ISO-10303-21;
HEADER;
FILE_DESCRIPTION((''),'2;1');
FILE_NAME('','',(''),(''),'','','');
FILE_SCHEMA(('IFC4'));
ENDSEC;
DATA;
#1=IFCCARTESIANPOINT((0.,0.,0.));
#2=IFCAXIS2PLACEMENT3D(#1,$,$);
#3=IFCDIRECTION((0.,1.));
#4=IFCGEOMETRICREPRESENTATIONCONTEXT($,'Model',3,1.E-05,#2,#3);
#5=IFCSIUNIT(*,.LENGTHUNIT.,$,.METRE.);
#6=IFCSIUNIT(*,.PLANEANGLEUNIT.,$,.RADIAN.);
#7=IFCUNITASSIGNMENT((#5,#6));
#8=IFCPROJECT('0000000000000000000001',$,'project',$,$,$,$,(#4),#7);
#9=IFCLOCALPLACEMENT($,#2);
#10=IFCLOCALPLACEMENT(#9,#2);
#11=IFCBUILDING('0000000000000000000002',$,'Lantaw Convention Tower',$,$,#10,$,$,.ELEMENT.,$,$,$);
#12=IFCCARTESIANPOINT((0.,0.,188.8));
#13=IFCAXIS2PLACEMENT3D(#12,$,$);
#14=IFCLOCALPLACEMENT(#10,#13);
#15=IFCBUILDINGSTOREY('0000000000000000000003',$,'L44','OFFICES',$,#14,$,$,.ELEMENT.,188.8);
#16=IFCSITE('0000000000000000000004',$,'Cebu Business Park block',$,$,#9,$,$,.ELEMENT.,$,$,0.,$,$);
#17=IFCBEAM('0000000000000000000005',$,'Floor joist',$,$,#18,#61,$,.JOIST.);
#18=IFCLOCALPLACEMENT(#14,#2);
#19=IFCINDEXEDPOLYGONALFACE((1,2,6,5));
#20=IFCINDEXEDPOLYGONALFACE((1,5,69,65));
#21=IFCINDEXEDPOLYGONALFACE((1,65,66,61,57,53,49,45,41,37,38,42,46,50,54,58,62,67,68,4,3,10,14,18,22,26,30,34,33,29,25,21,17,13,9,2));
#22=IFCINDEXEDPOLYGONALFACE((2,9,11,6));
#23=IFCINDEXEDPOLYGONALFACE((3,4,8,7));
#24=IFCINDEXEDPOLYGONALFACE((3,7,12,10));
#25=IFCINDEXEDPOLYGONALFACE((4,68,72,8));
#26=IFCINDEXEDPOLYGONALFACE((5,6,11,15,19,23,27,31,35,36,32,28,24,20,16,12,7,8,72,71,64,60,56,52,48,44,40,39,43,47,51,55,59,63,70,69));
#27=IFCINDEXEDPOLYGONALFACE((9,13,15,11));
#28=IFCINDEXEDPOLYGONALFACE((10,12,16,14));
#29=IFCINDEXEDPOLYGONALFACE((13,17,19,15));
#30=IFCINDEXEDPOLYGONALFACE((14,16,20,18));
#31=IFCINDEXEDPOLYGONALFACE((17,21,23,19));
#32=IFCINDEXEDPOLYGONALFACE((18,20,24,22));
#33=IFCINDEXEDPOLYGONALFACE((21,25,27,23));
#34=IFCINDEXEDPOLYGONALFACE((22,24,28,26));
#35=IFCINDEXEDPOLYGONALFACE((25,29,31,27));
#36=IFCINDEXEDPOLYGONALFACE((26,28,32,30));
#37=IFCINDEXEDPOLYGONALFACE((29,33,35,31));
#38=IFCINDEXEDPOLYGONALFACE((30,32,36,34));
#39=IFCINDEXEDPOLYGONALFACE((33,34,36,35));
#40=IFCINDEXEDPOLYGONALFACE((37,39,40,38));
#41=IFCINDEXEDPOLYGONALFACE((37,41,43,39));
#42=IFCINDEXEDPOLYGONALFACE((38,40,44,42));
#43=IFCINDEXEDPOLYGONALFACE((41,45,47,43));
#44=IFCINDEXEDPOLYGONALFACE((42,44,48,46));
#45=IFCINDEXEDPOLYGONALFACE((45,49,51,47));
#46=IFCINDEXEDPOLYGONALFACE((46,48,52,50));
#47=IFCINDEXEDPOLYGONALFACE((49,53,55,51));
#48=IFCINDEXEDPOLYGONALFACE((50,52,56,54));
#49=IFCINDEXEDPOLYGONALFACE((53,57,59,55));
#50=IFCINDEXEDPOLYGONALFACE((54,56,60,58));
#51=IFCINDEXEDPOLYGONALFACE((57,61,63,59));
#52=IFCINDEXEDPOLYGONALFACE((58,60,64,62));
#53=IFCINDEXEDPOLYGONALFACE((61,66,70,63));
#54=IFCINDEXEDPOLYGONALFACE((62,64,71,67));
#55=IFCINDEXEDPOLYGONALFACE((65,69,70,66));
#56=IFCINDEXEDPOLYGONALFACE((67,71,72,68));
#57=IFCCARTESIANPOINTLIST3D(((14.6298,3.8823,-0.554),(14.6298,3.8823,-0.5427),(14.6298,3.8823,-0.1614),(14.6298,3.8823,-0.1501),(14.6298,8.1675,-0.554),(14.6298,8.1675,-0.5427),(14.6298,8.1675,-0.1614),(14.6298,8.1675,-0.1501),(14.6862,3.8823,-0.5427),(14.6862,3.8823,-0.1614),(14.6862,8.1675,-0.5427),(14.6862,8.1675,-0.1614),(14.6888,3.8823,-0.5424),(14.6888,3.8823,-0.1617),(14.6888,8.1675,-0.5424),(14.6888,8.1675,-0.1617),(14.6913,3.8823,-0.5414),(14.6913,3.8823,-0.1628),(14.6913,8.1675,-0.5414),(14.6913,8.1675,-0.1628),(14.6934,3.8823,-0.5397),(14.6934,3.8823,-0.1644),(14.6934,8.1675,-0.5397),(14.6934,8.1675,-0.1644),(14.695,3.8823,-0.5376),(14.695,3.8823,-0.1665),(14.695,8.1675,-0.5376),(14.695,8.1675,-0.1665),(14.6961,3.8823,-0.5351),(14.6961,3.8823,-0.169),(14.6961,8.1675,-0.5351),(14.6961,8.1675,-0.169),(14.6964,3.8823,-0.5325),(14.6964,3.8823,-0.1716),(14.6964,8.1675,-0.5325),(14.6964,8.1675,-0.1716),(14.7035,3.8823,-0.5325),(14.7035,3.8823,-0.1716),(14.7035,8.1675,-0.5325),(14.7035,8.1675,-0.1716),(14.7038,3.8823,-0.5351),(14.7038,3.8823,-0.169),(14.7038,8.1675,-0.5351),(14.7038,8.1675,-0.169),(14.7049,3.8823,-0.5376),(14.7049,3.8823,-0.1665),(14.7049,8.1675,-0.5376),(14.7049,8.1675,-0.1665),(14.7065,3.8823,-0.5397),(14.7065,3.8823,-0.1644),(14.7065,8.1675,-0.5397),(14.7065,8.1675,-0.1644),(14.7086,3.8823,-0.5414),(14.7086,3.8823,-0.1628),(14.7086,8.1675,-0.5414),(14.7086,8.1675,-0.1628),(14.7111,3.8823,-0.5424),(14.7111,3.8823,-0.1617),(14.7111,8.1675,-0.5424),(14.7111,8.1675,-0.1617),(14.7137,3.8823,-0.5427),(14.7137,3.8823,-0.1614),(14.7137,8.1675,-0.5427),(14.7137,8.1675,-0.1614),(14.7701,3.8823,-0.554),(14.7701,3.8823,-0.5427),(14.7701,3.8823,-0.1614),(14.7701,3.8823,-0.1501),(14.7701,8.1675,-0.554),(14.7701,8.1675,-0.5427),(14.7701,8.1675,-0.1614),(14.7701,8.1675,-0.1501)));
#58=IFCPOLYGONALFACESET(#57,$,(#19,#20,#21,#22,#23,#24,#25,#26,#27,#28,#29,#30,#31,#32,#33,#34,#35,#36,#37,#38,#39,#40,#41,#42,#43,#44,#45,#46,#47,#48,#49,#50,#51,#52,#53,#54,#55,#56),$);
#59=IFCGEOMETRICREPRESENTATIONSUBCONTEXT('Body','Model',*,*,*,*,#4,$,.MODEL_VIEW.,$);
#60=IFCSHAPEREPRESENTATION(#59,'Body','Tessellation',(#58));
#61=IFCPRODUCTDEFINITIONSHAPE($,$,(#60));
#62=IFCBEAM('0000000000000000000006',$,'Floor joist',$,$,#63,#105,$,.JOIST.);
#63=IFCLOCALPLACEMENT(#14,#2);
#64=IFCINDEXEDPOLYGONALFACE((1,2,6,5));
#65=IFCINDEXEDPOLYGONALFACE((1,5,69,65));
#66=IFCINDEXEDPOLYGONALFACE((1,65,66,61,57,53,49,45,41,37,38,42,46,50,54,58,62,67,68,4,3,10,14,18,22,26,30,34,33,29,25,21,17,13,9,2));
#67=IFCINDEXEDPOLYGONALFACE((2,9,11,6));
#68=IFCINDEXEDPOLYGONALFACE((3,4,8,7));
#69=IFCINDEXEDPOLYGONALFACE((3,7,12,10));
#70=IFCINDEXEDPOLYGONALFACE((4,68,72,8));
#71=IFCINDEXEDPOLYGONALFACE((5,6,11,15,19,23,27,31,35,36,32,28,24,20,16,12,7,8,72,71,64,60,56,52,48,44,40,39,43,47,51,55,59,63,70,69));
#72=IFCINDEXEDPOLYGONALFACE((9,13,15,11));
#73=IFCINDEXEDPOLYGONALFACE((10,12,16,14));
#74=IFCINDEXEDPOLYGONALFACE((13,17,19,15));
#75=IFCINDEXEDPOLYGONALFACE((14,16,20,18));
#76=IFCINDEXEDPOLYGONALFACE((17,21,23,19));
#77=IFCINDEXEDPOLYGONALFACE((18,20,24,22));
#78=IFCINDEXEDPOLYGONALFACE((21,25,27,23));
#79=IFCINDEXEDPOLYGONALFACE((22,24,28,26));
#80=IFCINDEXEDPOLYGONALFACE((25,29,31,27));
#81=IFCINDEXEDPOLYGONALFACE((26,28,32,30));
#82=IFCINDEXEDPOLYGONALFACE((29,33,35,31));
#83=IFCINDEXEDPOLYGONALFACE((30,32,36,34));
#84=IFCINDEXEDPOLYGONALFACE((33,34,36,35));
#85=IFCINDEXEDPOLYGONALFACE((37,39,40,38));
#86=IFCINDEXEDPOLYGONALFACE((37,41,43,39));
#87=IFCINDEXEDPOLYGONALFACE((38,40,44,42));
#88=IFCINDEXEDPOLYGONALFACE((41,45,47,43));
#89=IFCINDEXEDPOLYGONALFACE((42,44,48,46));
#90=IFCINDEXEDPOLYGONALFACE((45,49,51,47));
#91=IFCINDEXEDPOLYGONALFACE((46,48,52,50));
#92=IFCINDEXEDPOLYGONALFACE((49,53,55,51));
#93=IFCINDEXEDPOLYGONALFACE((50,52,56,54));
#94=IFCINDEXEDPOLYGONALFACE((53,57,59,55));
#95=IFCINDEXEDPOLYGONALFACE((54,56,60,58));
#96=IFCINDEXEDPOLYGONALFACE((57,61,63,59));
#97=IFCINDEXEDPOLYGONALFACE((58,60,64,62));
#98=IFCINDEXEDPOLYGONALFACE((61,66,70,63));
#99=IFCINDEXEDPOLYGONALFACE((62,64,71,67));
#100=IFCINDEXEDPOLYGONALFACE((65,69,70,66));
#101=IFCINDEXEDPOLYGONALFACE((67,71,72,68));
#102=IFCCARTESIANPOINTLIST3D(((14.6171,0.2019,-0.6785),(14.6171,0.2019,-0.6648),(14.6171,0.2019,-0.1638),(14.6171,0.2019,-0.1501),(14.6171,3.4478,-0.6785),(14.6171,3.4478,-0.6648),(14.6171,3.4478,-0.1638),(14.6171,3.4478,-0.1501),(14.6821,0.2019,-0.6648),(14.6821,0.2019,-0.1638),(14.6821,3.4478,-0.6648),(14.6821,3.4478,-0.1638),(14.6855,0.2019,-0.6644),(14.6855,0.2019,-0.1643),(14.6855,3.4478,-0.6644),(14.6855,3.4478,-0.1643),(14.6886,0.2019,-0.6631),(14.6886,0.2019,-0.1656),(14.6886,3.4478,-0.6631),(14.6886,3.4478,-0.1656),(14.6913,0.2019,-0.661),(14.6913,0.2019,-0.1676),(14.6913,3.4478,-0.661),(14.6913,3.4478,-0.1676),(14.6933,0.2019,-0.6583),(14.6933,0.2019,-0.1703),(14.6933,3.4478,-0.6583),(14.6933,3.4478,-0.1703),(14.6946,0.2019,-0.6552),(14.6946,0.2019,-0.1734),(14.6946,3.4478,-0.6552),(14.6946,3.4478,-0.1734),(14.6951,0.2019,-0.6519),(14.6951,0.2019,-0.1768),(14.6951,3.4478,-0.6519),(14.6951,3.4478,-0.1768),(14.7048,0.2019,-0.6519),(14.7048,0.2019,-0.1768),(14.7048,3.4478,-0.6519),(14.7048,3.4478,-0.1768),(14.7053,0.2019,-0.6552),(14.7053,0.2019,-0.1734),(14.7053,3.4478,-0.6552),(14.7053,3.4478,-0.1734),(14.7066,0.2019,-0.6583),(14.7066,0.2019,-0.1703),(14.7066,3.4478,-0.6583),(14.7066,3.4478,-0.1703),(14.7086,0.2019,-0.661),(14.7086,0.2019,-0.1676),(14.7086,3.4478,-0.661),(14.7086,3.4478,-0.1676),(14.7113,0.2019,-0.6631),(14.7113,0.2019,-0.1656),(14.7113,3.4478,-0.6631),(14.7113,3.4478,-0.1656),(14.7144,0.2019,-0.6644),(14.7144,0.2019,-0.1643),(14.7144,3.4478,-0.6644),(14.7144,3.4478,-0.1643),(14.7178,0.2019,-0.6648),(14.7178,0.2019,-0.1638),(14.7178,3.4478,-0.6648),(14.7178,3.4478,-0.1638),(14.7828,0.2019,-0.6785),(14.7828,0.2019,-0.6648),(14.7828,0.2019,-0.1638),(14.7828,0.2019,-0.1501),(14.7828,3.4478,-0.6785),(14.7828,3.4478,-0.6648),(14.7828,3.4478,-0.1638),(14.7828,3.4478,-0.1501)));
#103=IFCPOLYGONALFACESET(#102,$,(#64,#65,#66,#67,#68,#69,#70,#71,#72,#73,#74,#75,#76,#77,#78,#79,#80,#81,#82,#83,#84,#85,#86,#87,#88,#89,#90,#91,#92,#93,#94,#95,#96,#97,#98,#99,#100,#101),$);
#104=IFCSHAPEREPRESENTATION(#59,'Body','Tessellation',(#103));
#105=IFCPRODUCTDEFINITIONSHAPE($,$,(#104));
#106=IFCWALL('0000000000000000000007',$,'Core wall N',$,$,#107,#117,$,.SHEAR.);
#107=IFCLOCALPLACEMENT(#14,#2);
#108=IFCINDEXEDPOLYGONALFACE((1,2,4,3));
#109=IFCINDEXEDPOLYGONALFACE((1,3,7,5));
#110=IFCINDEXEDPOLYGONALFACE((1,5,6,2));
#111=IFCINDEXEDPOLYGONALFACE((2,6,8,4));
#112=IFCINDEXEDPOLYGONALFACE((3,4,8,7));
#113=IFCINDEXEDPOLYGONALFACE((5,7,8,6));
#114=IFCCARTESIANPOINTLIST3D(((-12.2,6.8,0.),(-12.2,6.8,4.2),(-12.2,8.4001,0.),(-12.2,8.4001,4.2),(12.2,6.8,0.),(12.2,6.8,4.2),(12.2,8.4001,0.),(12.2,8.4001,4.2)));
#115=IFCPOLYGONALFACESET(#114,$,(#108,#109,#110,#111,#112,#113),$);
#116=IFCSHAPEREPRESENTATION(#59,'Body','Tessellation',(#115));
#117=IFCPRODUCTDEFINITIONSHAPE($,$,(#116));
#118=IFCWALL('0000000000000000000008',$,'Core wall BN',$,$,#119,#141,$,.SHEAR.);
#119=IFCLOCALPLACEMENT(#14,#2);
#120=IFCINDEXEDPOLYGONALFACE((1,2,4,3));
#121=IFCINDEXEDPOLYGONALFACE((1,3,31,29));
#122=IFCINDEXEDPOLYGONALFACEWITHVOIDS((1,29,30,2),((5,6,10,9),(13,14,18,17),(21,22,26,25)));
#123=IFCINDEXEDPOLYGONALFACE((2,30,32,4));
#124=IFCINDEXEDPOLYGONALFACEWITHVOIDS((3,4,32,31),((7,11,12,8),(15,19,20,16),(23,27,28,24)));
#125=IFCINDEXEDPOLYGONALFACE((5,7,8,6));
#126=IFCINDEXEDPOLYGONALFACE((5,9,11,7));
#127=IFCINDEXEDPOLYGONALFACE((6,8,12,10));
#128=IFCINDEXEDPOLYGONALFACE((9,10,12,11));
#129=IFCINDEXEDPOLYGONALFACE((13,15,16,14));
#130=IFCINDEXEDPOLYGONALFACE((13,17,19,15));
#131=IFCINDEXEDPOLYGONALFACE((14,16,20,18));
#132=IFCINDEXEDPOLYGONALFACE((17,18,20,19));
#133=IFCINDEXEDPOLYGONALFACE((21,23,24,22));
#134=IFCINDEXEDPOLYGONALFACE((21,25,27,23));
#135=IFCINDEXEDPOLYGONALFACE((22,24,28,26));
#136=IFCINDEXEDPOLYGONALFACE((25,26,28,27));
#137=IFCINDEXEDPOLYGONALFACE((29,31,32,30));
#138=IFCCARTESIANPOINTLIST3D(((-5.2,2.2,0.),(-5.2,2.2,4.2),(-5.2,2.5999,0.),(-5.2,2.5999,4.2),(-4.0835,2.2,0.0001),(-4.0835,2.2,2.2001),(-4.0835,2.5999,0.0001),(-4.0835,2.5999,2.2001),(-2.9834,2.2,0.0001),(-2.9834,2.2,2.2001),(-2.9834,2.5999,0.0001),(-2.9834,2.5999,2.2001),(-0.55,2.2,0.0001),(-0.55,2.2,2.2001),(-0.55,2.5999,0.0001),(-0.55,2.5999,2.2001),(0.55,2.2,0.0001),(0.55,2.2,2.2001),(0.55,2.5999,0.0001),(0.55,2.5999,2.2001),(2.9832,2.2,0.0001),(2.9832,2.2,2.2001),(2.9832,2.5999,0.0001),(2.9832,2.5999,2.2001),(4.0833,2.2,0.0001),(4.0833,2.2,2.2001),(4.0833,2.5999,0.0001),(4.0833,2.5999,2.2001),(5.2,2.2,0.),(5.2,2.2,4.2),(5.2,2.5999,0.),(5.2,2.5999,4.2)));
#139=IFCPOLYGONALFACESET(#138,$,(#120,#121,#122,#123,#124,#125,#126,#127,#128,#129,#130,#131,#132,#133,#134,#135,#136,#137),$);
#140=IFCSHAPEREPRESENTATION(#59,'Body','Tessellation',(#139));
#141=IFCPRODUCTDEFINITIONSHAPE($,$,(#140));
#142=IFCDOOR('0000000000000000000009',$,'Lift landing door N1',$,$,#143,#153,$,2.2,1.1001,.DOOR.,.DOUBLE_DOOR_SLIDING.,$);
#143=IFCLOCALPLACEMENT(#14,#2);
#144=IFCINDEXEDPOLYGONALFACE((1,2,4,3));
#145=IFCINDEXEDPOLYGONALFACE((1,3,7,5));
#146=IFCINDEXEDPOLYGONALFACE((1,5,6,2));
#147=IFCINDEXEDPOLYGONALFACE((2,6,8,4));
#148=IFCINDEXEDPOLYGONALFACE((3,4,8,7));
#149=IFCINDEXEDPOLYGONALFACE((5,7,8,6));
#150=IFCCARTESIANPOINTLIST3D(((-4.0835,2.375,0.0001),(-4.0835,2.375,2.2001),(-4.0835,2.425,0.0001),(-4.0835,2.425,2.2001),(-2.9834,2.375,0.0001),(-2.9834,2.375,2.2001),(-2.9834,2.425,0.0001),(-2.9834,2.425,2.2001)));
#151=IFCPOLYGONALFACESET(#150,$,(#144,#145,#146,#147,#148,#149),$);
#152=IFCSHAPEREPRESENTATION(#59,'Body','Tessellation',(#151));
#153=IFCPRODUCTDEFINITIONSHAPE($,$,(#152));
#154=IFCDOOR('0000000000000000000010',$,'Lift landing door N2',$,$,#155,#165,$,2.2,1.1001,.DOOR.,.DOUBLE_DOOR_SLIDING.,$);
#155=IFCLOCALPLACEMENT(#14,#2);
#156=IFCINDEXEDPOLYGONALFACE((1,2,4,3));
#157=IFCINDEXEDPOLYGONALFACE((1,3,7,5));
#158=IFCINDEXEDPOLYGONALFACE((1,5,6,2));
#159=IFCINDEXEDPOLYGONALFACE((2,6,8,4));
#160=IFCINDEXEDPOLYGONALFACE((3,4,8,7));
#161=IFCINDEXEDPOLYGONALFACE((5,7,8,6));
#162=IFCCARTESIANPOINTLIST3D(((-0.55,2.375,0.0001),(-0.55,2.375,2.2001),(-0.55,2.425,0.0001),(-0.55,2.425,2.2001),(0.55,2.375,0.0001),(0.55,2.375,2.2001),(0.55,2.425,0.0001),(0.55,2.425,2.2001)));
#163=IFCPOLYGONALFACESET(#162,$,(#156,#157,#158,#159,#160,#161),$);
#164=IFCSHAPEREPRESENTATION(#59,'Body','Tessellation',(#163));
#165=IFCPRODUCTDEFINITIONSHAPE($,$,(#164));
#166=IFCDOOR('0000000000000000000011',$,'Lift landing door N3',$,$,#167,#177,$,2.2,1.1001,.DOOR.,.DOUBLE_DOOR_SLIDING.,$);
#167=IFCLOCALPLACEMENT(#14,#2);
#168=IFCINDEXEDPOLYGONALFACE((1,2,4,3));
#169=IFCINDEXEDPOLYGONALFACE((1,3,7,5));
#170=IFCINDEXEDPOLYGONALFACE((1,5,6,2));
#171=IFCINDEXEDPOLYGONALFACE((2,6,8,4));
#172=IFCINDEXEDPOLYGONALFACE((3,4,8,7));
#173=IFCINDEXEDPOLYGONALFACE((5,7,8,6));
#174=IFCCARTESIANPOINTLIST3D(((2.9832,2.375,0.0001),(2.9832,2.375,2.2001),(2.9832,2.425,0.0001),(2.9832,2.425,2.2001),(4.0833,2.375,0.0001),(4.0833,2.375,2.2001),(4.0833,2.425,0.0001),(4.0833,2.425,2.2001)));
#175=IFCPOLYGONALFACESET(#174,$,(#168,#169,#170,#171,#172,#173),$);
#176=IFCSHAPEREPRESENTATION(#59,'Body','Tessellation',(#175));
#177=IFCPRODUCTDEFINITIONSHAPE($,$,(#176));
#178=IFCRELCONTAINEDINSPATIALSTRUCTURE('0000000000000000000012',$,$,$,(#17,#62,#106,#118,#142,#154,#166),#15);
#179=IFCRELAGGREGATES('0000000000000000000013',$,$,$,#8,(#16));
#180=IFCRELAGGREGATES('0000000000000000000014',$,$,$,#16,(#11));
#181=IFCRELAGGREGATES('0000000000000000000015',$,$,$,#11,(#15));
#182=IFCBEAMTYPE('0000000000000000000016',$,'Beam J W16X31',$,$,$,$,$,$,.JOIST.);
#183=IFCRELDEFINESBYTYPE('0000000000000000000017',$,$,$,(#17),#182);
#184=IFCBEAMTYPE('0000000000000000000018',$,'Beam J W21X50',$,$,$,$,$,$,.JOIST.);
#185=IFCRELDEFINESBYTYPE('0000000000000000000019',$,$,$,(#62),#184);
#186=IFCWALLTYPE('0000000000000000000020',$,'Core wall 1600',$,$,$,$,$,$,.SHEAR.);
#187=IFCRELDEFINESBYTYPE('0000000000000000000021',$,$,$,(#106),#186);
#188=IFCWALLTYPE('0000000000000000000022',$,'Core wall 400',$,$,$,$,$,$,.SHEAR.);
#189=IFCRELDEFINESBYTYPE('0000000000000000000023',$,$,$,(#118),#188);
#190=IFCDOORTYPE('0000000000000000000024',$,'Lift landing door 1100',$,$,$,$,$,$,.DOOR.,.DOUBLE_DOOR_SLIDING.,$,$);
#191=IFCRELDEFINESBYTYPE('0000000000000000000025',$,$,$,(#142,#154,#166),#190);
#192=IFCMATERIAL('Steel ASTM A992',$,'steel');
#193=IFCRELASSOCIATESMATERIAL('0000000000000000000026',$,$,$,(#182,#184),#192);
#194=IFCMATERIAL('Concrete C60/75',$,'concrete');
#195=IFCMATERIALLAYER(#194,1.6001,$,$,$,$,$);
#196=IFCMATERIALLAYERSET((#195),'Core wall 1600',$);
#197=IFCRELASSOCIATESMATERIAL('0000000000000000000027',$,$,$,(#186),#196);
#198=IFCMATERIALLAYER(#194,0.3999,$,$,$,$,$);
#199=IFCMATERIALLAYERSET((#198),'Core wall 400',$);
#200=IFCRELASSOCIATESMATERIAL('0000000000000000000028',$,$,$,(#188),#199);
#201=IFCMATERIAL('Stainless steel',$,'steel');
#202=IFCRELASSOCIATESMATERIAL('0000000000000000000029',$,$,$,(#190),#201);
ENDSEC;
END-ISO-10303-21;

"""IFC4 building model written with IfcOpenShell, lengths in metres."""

from ifc_helpers import new_model, si_unit, direction, frame, frame_2d, origin, origin_2d, place, context, subcontext, project, spatial, rectangle, i_section, extrude, material, layer, layer_set, material_profile, profile_set, type_object, element, fill, save


model = new_model("IFC4")

# Units and contexts
model_context = context("Model", 3, precision=1e-05, world=origin(), true_north=direction((0.0, 1.0)))
body_context = subcontext(model_context, "Body", "Model", "MODEL_VIEW")
ifc_project = project(units=[si_unit("LENGTHUNIT", "METRE"), si_unit("PLANEANGLEUNIT", "RADIAN")], contexts=[model_context])

# Site, building, storey
site_placement = place(None, origin())
site = spatial("IfcSite", under=ifc_project, at=site_placement, Name="Cebu Business Park block", CompositionType="ELEMENT", RefElevation=0.0)
building_placement = place(site_placement, origin())
building = spatial("IfcBuilding", under=site, at=building_placement, Name="Lantaw Convention Tower", CompositionType="ELEMENT")
storey_placement = place(building_placement, frame((0.0, 0.0, 188.8)))
storey = spatial("IfcBuildingStorey", under=building, at=storey_placement, Name="L44", Description="OFFICES", CompositionType="ELEMENT", Elevation=188.8)

# Beams
ifc_material_1 = material(Name="Steel ASTM A992", Category="steel")
ifc_material_profile_1 = material_profile(ifc_material_1, i_section(OverallWidth=0.1404, OverallDepth=0.4038, WebThickness=0.0071, FlangeThickness=0.0112, FilletRadius=0.0103, at=origin_2d()), Name="W16X31")
ifc_profile_set_1 = profile_set([ifc_material_profile_1], Name="Steel ASTM A992")
beam_type_1 = type_object("IfcBeamType", Name="Beam J W16X31", PredefinedType="JOIST", material=ifc_profile_set_1)
beam_1_placement = place(storey_placement, frame((14.7, 3.8823, -0.3521), z_axis=(0.0, 1.0, 0.0), x_axis=(-1.0, 0.0, 0.0)))
element("IfcBeam", 1, at=beam_1_placement, inside=storey, type_object=beam_type_1, Name="Floor joist", PredefinedType="JOIST", context=body_context, shape_type="SweptSolid", body=[
    extrude(i_section(OverallWidth=0.1404, OverallDepth=0.4038, WebThickness=0.0071, FlangeThickness=0.0112, FilletRadius=0.0103, at=origin_2d()), origin(), (0.0, 0.0, 1.0), 4.2852),
])
ifc_material_profile_2 = material_profile(ifc_material_1, i_section(OverallWidth=0.1658, OverallDepth=0.5283, WebThickness=0.0098, FlangeThickness=0.0137, FilletRadius=0.0129, at=origin_2d()), Name="W21X50")
ifc_profile_set_2 = profile_set([ifc_material_profile_2], Name="Steel ASTM A992")
beam_type_2 = type_object("IfcBeamType", Name="Beam J W21X50", PredefinedType="JOIST", material=ifc_profile_set_2)
beam_2_placement = place(storey_placement, frame((14.7, 0.2019, -0.4143), z_axis=(0.0, 1.0, 0.0), x_axis=(-1.0, 0.0, 0.0)))
element("IfcBeam", 2, at=beam_2_placement, inside=storey, type_object=beam_type_2, Name="Floor joist", PredefinedType="JOIST", context=body_context, shape_type="SweptSolid", body=[
    extrude(i_section(OverallWidth=0.1658, OverallDepth=0.5283, WebThickness=0.0098, FlangeThickness=0.0137, FilletRadius=0.0129, at=origin_2d()), origin(), (0.0, 0.0, 1.0), 3.2458),
])

# Wall
ifc_material_2 = material(Name="Concrete C60/75", Category="concrete")
ifc_layer_1 = layer(ifc_material_2, 1.6001)
ifc_layer_set_1 = layer_set([ifc_layer_1], Name="Core wall 1600")
wall_type_1 = type_object("IfcWallType", Name="Core wall 1600", PredefinedType="SHEAR", material=ifc_layer_set_1)
wall_1_placement = place(storey_placement, frame((12.2, 7.6001, 0.0), z_axis=(0.0, 0.0, 1.0), x_axis=(-1.0, 0.0, 0.0)))
element("IfcWall", 3, at=wall_1_placement, inside=storey, type_object=wall_type_1, Name="Core wall N", PredefinedType="SHEAR", context=body_context, shape_type="SweptSolid", body=[
    extrude(rectangle(XDim=24.3999, YDim=1.6001, at=frame_2d((12.2, 0.0))), origin(), (0.0, 0.0, 1.0), 4.2),
])

# Wall, openings, doors
ifc_layer_2 = layer(ifc_material_2, 0.3999)
ifc_layer_set_2 = layer_set([ifc_layer_2], Name="Core wall 400")
wall_type_2 = type_object("IfcWallType", Name="Core wall 400", PredefinedType="SHEAR", material=ifc_layer_set_2)
wall_2_placement = place(storey_placement, frame((5.2, 2.3999, 0.0), z_axis=(0.0, 0.0, 1.0), x_axis=(-1.0, 0.0, 0.0)))
wall_2 = element("IfcWall", 4, at=wall_2_placement, inside=storey, type_object=wall_type_2, Name="Core wall BN", PredefinedType="SHEAR", context=body_context, shape_type="SweptSolid", body=[
    extrude(rectangle(XDim=10.3999, YDim=0.3999, at=frame_2d((5.2, 0.0))), origin(), (0.0, 0.0, 1.0), 4.2),
])
opening_1_placement = place(wall_2_placement, frame((8.1833, 0.0, 0.0)))
opening_1 = element("IfcOpeningElement", 5, at=opening_1_placement, cuts=wall_2, PredefinedType="OPENING", context=body_context, shape_type="SweptSolid", body=[
    extrude(rectangle(XDim=1.1001, YDim=2.2, at=frame_2d((0.55, 1.1001))), frame((0.0, 0.21, 0.0), z_axis=(0.0, -1.0, 0.0), x_axis=(1.0, 0.0, 0.0)), (0.0, 0.0, 1.0), 0.4199),
])
opening_2_placement = place(wall_2_placement, frame((4.6499, 0.0, 0.0)))
opening_2 = element("IfcOpeningElement", 6, at=opening_2_placement, cuts=wall_2, PredefinedType="OPENING", context=body_context, shape_type="SweptSolid", body=[
    extrude(rectangle(XDim=1.1001, YDim=2.2, at=frame_2d((0.55, 1.1001))), frame((0.0, 0.21, 0.0), z_axis=(0.0, -1.0, 0.0), x_axis=(1.0, 0.0, 0.0)), (0.0, 0.0, 1.0), 0.4199),
])
opening_3_placement = place(wall_2_placement, frame((1.1167, 0.0, 0.0)))
opening_3 = element("IfcOpeningElement", 7, at=opening_3_placement, cuts=wall_2, PredefinedType="OPENING", context=body_context, shape_type="SweptSolid", body=[
    extrude(rectangle(XDim=1.1001, YDim=2.2, at=frame_2d((0.55, 1.1001))), frame((0.0, 0.21, 0.0), z_axis=(0.0, -1.0, 0.0), x_axis=(1.0, 0.0, 0.0)), (0.0, 0.0, 1.0), 0.4199),
])
ifc_material_3 = material(Name="Stainless steel", Category="steel")
door_type_1 = type_object("IfcDoorType", Name="Lift landing door 1100", OperationType="DOUBLE_DOOR_SLIDING", PredefinedType="DOOR", material=ifc_material_3)
door_1_placement = place(opening_1_placement, origin())
door_1 = element("IfcDoor", 8, at=door_1_placement, inside=storey, type_object=door_type_1, Name="Lift landing door N1", OperationType="DOUBLE_DOOR_SLIDING", OverallHeight=2.2, OverallWidth=1.1001, PredefinedType="DOOR", context=body_context, shape_type="SweptSolid", body=[
    extrude(rectangle(XDim=1.1001, YDim=2.2, at=frame_2d((0.55, 1.1001))), frame((0.0, 0.0249, 0.0), z_axis=(0.0, -1.0, 0.0), x_axis=(1.0, 0.0, 0.0)), (0.0, 0.0, 1.0), 0.05),
])
fill(opening_1, door_1)
door_2_placement = place(opening_2_placement, origin())
door_2 = element("IfcDoor", 9, at=door_2_placement, inside=storey, type_object=door_type_1, Name="Lift landing door N2", OperationType="DOUBLE_DOOR_SLIDING", OverallHeight=2.2, OverallWidth=1.1001, PredefinedType="DOOR", context=body_context, shape_type="SweptSolid", body=[
    extrude(rectangle(XDim=1.1001, YDim=2.2, at=frame_2d((0.55, 1.1001))), frame((0.0, 0.0249, 0.0), z_axis=(0.0, -1.0, 0.0), x_axis=(1.0, 0.0, 0.0)), (0.0, 0.0, 1.0), 0.05),
])
fill(opening_2, door_2)
door_3_placement = place(opening_3_placement, origin())
door_3 = element("IfcDoor", 10, at=door_3_placement, inside=storey, type_object=door_type_1, Name="Lift landing door N3", OperationType="DOUBLE_DOOR_SLIDING", OverallHeight=2.2, OverallWidth=1.1001, PredefinedType="DOOR", context=body_context, shape_type="SweptSolid", body=[
    extrude(rectangle(XDim=1.1001, YDim=2.2, at=frame_2d((0.55, 1.1001))), frame((0.0, 0.0249, 0.0), z_axis=(0.0, -1.0, 0.0), x_axis=(1.0, 0.0, 0.0)), (0.0, 0.0, 1.0), 0.05),
])
fill(opening_3, door_3)

save(model, "model.ifc")
